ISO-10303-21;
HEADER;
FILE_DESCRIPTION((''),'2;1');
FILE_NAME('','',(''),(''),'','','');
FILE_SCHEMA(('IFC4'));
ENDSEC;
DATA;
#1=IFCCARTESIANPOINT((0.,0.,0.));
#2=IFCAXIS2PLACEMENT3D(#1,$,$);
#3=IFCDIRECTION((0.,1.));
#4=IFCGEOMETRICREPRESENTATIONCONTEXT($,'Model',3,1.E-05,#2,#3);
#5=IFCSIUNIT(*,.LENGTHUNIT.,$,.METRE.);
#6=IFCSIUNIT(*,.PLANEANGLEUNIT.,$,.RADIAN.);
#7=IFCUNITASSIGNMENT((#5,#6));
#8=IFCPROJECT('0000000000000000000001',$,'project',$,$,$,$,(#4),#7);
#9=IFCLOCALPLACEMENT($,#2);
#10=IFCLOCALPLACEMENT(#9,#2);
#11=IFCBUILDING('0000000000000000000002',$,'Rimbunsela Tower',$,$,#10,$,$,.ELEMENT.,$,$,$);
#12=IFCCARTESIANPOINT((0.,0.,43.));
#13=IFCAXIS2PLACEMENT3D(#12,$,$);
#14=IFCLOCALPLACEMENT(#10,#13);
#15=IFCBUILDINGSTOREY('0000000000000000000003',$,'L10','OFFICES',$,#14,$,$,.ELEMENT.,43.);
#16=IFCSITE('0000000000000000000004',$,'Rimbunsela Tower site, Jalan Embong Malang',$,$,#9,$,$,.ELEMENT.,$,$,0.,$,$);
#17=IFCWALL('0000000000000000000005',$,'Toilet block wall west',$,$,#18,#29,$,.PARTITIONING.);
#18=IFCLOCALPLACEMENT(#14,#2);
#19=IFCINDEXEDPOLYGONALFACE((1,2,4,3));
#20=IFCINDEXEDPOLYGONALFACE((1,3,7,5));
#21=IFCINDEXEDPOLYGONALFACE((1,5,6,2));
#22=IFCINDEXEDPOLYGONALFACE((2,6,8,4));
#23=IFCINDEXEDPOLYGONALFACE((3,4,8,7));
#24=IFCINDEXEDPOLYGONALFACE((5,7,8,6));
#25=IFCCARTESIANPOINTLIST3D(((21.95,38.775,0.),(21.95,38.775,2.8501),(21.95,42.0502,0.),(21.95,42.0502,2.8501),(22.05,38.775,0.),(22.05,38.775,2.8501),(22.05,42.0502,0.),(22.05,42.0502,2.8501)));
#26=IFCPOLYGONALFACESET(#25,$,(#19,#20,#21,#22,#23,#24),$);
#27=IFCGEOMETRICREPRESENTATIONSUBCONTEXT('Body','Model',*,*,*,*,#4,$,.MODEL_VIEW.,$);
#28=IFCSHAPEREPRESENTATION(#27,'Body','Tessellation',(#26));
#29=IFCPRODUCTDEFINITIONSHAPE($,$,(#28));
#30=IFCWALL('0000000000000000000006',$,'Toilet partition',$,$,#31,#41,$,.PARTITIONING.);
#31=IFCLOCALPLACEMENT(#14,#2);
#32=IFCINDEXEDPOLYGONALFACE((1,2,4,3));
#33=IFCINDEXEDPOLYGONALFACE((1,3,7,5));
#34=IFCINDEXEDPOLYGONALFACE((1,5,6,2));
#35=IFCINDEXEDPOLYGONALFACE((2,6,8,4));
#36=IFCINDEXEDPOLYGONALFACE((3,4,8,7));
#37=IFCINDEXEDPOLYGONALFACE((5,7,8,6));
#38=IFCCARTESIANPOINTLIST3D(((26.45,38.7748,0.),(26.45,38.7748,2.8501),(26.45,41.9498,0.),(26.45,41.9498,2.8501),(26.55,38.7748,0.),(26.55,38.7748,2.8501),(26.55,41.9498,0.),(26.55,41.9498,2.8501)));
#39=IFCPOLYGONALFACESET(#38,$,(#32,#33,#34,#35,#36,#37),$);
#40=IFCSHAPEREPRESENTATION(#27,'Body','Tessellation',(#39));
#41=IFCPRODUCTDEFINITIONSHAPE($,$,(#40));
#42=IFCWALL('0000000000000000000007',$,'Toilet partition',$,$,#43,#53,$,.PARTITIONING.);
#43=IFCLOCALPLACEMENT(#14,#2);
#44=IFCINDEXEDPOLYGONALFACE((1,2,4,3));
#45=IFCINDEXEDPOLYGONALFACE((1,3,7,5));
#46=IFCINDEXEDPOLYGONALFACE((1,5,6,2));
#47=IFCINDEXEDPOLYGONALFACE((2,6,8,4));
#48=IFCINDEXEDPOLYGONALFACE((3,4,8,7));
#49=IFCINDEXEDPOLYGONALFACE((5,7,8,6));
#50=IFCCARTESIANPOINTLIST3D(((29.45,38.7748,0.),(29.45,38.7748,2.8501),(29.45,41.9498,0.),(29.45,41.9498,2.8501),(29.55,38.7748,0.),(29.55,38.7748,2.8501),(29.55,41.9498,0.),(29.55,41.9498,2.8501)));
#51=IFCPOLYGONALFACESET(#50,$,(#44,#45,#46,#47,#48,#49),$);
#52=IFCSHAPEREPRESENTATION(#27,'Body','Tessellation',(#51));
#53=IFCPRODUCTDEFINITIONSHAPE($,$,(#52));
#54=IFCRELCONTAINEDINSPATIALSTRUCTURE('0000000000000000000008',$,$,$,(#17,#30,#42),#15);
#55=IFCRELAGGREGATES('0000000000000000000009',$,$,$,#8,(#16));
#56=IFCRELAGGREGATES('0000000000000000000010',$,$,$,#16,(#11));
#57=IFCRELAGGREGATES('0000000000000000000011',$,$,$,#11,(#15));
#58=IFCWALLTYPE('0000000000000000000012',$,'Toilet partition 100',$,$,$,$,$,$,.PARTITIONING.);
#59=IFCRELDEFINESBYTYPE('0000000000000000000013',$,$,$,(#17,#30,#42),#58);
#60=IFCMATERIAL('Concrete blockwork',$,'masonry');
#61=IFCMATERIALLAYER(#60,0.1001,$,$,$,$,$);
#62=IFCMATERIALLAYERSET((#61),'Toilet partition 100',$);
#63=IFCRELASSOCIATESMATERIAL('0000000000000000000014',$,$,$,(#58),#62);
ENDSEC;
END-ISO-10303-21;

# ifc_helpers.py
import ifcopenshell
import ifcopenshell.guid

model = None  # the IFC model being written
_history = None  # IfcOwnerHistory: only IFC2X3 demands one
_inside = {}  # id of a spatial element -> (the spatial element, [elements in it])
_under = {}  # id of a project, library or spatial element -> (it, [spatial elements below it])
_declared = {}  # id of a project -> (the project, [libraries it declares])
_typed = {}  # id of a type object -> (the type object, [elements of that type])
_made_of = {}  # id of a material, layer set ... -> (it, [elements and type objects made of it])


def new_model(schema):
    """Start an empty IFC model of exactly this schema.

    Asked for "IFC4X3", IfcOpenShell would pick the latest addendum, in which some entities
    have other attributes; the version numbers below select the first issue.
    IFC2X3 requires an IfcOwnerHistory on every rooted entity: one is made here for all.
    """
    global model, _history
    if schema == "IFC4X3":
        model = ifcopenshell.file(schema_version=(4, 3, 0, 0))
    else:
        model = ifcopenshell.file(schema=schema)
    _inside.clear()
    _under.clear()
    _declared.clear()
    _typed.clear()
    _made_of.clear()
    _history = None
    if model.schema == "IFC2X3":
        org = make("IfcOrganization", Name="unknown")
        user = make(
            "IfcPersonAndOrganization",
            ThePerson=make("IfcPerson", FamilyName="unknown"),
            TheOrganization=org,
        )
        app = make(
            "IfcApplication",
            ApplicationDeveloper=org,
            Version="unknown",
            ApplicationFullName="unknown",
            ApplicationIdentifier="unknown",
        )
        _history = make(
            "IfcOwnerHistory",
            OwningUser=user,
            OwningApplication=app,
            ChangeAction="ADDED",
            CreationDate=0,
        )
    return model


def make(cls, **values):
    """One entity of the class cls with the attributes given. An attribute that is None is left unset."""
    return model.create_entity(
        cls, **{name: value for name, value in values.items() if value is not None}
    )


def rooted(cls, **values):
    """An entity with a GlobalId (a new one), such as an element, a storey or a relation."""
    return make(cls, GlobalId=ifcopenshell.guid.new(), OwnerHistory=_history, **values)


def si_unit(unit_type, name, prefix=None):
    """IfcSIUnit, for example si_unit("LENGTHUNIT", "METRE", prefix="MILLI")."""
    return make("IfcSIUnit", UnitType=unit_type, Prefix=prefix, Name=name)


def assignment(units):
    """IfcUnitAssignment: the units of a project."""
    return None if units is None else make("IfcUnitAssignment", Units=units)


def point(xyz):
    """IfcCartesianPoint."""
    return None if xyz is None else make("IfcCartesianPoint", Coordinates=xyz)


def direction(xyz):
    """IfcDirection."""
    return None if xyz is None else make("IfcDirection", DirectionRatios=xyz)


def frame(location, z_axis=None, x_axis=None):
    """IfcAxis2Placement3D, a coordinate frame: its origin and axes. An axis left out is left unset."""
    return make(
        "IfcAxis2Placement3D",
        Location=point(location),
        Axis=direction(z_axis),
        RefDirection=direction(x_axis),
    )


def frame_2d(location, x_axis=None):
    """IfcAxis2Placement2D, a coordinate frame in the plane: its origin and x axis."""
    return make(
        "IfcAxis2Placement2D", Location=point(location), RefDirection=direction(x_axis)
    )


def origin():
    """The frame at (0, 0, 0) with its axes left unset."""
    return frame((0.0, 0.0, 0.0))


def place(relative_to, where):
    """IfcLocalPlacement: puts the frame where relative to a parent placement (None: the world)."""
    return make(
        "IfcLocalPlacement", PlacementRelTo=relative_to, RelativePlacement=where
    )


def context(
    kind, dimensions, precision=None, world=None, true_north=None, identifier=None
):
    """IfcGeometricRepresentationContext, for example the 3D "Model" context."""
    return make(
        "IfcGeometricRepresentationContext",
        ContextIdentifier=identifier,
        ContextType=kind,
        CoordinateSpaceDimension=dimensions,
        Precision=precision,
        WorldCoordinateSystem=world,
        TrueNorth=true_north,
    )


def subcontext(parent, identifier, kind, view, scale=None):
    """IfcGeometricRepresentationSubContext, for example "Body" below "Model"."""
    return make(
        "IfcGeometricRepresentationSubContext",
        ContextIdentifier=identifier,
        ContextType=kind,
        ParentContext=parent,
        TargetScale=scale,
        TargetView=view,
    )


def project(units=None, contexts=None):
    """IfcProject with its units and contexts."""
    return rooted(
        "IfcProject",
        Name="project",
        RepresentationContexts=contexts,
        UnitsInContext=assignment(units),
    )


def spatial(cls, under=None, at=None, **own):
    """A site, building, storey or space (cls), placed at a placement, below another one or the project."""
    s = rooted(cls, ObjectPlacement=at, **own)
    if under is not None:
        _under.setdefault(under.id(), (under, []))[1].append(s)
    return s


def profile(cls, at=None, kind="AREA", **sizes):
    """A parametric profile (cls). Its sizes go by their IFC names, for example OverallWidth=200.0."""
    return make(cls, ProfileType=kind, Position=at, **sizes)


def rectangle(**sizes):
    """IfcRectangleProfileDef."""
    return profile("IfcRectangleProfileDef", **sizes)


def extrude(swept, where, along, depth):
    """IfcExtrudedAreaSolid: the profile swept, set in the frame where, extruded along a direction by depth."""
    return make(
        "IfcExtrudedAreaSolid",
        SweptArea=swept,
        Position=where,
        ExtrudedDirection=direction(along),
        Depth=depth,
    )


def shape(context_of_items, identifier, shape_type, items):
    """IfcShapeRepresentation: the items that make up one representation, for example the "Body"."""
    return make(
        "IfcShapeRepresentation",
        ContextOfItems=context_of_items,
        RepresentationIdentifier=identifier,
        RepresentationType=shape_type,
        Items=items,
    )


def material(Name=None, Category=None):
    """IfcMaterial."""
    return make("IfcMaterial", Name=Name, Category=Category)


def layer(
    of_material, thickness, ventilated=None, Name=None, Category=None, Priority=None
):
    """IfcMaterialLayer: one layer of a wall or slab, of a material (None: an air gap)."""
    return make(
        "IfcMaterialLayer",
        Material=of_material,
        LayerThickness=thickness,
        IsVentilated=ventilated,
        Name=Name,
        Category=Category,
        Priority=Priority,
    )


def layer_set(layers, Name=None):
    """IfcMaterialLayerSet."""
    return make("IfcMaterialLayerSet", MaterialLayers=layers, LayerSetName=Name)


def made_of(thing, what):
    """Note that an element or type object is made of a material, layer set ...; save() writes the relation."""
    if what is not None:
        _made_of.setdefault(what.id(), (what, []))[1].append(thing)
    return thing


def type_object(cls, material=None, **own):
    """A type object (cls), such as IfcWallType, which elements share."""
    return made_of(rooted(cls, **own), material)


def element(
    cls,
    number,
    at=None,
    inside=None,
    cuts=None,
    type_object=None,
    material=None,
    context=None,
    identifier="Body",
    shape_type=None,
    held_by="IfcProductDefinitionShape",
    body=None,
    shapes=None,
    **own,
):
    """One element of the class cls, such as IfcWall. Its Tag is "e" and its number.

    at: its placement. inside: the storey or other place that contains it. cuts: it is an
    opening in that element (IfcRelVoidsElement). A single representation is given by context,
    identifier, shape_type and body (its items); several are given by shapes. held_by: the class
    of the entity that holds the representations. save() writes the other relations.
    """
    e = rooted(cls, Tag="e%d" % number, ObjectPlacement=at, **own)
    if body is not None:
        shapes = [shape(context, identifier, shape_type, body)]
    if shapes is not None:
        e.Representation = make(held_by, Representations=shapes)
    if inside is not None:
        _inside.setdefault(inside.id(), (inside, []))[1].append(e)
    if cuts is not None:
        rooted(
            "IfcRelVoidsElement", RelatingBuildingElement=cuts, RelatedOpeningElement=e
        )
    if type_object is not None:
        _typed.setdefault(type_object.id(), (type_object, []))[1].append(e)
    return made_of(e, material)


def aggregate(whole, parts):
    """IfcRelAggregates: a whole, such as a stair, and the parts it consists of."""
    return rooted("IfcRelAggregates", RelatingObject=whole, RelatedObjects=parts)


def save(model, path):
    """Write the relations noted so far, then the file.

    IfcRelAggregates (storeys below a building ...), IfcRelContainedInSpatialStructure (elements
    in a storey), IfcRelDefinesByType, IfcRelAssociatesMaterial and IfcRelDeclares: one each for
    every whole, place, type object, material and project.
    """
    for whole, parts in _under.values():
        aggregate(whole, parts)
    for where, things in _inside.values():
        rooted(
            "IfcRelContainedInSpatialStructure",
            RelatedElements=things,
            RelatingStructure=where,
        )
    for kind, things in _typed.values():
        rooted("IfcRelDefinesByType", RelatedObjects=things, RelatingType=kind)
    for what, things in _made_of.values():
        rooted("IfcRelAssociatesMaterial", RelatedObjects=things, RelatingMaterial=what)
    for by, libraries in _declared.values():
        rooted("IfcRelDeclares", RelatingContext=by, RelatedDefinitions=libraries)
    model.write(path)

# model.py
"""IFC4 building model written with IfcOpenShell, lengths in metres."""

from ifc_helpers import new_model, si_unit, direction, frame, frame_2d, origin, place, context, subcontext, project, spatial, rectangle, extrude, material, layer, layer_set, type_object, element, save


model = new_model("IFC4")

# Units and contexts
model_context = context("Model", 3, precision=1e-05, world=origin(), true_north=direction((0.0, 1.0)))
body_context = subcontext(model_context, "Body", "Model", "MODEL_VIEW")
ifc_project = project(units=[si_unit("LENGTHUNIT", "METRE"), si_unit("PLANEANGLEUNIT", "RADIAN")], contexts=[model_context])

# Site, building, storey
site_placement = place(None, origin())
site = spatial("IfcSite", under=ifc_project, at=site_placement, Name="Rimbunsela Tower site, Jalan Embong Malang", CompositionType="ELEMENT", RefElevation=0.0)
building_placement = place(site_placement, origin())
building = spatial("IfcBuilding", under=site, at=building_placement, Name="Rimbunsela Tower", CompositionType="ELEMENT")
storey_placement = place(building_placement, frame((0.0, 0.0, 43.0)))
storey = spatial("IfcBuildingStorey", under=building, at=storey_placement, Name="L10", Description="OFFICES", CompositionType="ELEMENT", Elevation=43.0)

# Walls
ifc_material_1 = material(Name="Concrete blockwork", Category="masonry")
ifc_layer_1 = layer(ifc_material_1, 0.1001)
ifc_layer_set_1 = layer_set([ifc_layer_1], Name="Toilet partition 100")
wall_type_1 = type_object("IfcWallType", Name="Toilet partition 100", PredefinedType="PARTITIONING", material=ifc_layer_set_1)
wall_1_placement = place(storey_placement, frame((22.0, 38.7749, 0.0), z_axis=(0.0, 0.0, 1.0), x_axis=(0.0, 1.0, 0.0)))
element("IfcWall", 1, at=wall_1_placement, inside=storey, type_object=wall_type_1, Name="Toilet block wall west", PredefinedType="PARTITIONING", context=body_context, shape_type="SweptSolid", body=[
    extrude(rectangle(XDim=3.2751, YDim=0.1001, at=frame_2d((1.6377, 0.0))), origin(), (0.0, 0.0, 1.0), 2.8501),
])
for number, where, z_axis, x_axis, name in (
    (2, (26.5, 38.7749, 0.0), (0.0, 0.0, 1.0), (0.0, 1.0, 0.0), "Toilet partition"),
    (3, (29.5, 38.7749, 0.0), (0.0, 0.0, 1.0), (0.0, 1.0, 0.0), "Toilet partition"),
):
    element("IfcWall", number, at=place(storey_placement, frame(where, z_axis=z_axis, x_axis=x_axis)), inside=storey, type_object=wall_type_1, Name=name, PredefinedType="PARTITIONING", context=body_context, shape_type="SweptSolid", body=[
        extrude(rectangle(XDim=3.175, YDim=0.1001, at=frame_2d((1.5874, 0.0))), origin(), (0.0, 0.0, 1.0), 2.8501),
    ])

save(model, "model.ifc")
